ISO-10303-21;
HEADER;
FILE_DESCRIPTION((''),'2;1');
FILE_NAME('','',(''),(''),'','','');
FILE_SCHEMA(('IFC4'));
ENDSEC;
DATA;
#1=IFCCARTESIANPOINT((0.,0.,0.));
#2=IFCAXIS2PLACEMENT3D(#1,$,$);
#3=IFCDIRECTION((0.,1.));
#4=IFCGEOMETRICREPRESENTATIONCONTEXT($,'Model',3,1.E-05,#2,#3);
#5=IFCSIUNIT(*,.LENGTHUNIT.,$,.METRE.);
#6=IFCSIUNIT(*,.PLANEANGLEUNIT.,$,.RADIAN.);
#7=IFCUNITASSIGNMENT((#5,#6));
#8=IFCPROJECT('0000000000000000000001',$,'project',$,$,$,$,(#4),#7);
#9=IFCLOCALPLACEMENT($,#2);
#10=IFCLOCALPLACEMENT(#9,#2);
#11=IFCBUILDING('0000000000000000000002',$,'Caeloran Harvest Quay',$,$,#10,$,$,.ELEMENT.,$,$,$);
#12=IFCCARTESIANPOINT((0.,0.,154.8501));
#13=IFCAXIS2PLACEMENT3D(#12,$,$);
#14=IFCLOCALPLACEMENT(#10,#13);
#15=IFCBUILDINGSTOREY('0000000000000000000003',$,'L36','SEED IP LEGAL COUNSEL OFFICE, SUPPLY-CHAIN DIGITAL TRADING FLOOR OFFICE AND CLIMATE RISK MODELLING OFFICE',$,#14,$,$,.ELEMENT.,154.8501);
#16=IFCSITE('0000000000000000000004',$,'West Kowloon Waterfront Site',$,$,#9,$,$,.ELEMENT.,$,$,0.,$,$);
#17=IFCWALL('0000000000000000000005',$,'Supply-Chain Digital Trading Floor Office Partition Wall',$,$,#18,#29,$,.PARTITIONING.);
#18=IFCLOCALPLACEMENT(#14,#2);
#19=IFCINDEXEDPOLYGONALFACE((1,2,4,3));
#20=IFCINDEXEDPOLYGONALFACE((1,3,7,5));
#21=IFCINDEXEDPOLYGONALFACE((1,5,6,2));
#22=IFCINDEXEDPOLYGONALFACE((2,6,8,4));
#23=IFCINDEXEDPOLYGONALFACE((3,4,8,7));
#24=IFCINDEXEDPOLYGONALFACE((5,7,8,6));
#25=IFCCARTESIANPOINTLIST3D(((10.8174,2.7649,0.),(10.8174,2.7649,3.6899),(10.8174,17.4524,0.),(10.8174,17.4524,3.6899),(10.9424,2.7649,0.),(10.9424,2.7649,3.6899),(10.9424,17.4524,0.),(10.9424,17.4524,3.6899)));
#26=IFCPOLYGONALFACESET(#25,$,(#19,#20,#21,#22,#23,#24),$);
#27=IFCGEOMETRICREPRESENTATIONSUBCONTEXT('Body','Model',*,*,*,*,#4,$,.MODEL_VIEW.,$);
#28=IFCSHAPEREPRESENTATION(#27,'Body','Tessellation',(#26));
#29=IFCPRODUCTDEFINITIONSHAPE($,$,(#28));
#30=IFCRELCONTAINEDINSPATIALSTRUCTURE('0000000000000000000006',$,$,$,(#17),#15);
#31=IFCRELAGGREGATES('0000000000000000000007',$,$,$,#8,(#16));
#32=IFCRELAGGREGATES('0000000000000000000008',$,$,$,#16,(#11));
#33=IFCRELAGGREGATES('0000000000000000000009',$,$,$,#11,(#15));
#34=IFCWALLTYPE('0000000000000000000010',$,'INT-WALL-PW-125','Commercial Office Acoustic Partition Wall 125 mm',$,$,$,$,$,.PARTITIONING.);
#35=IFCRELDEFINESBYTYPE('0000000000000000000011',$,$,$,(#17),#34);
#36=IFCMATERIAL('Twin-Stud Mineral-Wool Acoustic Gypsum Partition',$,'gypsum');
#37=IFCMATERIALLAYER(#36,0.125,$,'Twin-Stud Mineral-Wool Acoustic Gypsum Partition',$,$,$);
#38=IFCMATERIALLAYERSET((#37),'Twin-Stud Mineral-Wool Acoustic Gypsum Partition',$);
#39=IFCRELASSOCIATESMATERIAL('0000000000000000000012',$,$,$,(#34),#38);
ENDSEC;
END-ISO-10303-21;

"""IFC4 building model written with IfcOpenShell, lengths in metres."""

from ifc_helpers import new_model, si_unit, direction, frame, frame_2d, origin, place, context, subcontext, project, spatial, rectangle, extrude, material, layer, layer_set, type_object, element, save


model = new_model("IFC4")

# Units and contexts
model_context = context("Model", 3, precision=1e-05, world=origin(), true_north=direction((0.0, 1.0)))
body_context = subcontext(model_context, "Body", "Model", "MODEL_VIEW")
ifc_project = project(units=[si_unit("LENGTHUNIT", "METRE"), si_unit("PLANEANGLEUNIT", "RADIAN")], contexts=[model_context])

# Site, building, storey
site_placement = place(None, origin())
site = spatial("IfcSite", under=ifc_project, at=site_placement, Name="West Kowloon Waterfront Site", CompositionType="ELEMENT", RefElevation=0.0)
building_placement = place(site_placement, origin())
building = spatial("IfcBuilding", under=site, at=building_placement, Name="Caeloran Harvest Quay", CompositionType="ELEMENT")
storey_placement = place(building_placement, frame((0.0, 0.0, 154.8501)))
storey = spatial("IfcBuildingStorey", under=building, at=storey_placement, Name="L36", Description="SEED IP LEGAL COUNSEL OFFICE, SUPPLY-CHAIN DIGITAL TRADING FLOOR OFFICE AND CLIMATE RISK MODELLING OFFICE", CompositionType="ELEMENT", Elevation=154.8501)

# Wall
ifc_material_1 = material(Name="Twin-Stud Mineral-Wool Acoustic Gypsum Partition", Category="gypsum")
ifc_layer_1 = layer(ifc_material_1, 0.125, Name="Twin-Stud Mineral-Wool Acoustic Gypsum Partition")
ifc_layer_set_1 = layer_set([ifc_layer_1], Name="Twin-Stud Mineral-Wool Acoustic Gypsum Partition")
wall_type_1 = type_object("IfcWallType", Name="INT-WALL-PW-125", Description="Commercial Office Acoustic Partition Wall 125 mm", PredefinedType="PARTITIONING", material=ifc_layer_set_1)
wall_1_placement = place(storey_placement, frame((10.8799, 2.7649, 0.0), z_axis=(0.0, 0.0, 1.0), x_axis=(0.0, 1.0, 0.0)))
element("IfcWall", 1, at=wall_1_placement, inside=storey, type_object=wall_type_1, Name="Supply-Chain Digital Trading Floor Office Partition Wall", PredefinedType="PARTITIONING", context=body_context, shape_type="SweptSolid", body=[
    extrude(rectangle(XDim=14.6875, YDim=0.125, at=frame_2d((7.3438, 0.0))), origin(), (0.0, 0.0, 1.0), 3.6899),
])

save(model, "model.ifc")
